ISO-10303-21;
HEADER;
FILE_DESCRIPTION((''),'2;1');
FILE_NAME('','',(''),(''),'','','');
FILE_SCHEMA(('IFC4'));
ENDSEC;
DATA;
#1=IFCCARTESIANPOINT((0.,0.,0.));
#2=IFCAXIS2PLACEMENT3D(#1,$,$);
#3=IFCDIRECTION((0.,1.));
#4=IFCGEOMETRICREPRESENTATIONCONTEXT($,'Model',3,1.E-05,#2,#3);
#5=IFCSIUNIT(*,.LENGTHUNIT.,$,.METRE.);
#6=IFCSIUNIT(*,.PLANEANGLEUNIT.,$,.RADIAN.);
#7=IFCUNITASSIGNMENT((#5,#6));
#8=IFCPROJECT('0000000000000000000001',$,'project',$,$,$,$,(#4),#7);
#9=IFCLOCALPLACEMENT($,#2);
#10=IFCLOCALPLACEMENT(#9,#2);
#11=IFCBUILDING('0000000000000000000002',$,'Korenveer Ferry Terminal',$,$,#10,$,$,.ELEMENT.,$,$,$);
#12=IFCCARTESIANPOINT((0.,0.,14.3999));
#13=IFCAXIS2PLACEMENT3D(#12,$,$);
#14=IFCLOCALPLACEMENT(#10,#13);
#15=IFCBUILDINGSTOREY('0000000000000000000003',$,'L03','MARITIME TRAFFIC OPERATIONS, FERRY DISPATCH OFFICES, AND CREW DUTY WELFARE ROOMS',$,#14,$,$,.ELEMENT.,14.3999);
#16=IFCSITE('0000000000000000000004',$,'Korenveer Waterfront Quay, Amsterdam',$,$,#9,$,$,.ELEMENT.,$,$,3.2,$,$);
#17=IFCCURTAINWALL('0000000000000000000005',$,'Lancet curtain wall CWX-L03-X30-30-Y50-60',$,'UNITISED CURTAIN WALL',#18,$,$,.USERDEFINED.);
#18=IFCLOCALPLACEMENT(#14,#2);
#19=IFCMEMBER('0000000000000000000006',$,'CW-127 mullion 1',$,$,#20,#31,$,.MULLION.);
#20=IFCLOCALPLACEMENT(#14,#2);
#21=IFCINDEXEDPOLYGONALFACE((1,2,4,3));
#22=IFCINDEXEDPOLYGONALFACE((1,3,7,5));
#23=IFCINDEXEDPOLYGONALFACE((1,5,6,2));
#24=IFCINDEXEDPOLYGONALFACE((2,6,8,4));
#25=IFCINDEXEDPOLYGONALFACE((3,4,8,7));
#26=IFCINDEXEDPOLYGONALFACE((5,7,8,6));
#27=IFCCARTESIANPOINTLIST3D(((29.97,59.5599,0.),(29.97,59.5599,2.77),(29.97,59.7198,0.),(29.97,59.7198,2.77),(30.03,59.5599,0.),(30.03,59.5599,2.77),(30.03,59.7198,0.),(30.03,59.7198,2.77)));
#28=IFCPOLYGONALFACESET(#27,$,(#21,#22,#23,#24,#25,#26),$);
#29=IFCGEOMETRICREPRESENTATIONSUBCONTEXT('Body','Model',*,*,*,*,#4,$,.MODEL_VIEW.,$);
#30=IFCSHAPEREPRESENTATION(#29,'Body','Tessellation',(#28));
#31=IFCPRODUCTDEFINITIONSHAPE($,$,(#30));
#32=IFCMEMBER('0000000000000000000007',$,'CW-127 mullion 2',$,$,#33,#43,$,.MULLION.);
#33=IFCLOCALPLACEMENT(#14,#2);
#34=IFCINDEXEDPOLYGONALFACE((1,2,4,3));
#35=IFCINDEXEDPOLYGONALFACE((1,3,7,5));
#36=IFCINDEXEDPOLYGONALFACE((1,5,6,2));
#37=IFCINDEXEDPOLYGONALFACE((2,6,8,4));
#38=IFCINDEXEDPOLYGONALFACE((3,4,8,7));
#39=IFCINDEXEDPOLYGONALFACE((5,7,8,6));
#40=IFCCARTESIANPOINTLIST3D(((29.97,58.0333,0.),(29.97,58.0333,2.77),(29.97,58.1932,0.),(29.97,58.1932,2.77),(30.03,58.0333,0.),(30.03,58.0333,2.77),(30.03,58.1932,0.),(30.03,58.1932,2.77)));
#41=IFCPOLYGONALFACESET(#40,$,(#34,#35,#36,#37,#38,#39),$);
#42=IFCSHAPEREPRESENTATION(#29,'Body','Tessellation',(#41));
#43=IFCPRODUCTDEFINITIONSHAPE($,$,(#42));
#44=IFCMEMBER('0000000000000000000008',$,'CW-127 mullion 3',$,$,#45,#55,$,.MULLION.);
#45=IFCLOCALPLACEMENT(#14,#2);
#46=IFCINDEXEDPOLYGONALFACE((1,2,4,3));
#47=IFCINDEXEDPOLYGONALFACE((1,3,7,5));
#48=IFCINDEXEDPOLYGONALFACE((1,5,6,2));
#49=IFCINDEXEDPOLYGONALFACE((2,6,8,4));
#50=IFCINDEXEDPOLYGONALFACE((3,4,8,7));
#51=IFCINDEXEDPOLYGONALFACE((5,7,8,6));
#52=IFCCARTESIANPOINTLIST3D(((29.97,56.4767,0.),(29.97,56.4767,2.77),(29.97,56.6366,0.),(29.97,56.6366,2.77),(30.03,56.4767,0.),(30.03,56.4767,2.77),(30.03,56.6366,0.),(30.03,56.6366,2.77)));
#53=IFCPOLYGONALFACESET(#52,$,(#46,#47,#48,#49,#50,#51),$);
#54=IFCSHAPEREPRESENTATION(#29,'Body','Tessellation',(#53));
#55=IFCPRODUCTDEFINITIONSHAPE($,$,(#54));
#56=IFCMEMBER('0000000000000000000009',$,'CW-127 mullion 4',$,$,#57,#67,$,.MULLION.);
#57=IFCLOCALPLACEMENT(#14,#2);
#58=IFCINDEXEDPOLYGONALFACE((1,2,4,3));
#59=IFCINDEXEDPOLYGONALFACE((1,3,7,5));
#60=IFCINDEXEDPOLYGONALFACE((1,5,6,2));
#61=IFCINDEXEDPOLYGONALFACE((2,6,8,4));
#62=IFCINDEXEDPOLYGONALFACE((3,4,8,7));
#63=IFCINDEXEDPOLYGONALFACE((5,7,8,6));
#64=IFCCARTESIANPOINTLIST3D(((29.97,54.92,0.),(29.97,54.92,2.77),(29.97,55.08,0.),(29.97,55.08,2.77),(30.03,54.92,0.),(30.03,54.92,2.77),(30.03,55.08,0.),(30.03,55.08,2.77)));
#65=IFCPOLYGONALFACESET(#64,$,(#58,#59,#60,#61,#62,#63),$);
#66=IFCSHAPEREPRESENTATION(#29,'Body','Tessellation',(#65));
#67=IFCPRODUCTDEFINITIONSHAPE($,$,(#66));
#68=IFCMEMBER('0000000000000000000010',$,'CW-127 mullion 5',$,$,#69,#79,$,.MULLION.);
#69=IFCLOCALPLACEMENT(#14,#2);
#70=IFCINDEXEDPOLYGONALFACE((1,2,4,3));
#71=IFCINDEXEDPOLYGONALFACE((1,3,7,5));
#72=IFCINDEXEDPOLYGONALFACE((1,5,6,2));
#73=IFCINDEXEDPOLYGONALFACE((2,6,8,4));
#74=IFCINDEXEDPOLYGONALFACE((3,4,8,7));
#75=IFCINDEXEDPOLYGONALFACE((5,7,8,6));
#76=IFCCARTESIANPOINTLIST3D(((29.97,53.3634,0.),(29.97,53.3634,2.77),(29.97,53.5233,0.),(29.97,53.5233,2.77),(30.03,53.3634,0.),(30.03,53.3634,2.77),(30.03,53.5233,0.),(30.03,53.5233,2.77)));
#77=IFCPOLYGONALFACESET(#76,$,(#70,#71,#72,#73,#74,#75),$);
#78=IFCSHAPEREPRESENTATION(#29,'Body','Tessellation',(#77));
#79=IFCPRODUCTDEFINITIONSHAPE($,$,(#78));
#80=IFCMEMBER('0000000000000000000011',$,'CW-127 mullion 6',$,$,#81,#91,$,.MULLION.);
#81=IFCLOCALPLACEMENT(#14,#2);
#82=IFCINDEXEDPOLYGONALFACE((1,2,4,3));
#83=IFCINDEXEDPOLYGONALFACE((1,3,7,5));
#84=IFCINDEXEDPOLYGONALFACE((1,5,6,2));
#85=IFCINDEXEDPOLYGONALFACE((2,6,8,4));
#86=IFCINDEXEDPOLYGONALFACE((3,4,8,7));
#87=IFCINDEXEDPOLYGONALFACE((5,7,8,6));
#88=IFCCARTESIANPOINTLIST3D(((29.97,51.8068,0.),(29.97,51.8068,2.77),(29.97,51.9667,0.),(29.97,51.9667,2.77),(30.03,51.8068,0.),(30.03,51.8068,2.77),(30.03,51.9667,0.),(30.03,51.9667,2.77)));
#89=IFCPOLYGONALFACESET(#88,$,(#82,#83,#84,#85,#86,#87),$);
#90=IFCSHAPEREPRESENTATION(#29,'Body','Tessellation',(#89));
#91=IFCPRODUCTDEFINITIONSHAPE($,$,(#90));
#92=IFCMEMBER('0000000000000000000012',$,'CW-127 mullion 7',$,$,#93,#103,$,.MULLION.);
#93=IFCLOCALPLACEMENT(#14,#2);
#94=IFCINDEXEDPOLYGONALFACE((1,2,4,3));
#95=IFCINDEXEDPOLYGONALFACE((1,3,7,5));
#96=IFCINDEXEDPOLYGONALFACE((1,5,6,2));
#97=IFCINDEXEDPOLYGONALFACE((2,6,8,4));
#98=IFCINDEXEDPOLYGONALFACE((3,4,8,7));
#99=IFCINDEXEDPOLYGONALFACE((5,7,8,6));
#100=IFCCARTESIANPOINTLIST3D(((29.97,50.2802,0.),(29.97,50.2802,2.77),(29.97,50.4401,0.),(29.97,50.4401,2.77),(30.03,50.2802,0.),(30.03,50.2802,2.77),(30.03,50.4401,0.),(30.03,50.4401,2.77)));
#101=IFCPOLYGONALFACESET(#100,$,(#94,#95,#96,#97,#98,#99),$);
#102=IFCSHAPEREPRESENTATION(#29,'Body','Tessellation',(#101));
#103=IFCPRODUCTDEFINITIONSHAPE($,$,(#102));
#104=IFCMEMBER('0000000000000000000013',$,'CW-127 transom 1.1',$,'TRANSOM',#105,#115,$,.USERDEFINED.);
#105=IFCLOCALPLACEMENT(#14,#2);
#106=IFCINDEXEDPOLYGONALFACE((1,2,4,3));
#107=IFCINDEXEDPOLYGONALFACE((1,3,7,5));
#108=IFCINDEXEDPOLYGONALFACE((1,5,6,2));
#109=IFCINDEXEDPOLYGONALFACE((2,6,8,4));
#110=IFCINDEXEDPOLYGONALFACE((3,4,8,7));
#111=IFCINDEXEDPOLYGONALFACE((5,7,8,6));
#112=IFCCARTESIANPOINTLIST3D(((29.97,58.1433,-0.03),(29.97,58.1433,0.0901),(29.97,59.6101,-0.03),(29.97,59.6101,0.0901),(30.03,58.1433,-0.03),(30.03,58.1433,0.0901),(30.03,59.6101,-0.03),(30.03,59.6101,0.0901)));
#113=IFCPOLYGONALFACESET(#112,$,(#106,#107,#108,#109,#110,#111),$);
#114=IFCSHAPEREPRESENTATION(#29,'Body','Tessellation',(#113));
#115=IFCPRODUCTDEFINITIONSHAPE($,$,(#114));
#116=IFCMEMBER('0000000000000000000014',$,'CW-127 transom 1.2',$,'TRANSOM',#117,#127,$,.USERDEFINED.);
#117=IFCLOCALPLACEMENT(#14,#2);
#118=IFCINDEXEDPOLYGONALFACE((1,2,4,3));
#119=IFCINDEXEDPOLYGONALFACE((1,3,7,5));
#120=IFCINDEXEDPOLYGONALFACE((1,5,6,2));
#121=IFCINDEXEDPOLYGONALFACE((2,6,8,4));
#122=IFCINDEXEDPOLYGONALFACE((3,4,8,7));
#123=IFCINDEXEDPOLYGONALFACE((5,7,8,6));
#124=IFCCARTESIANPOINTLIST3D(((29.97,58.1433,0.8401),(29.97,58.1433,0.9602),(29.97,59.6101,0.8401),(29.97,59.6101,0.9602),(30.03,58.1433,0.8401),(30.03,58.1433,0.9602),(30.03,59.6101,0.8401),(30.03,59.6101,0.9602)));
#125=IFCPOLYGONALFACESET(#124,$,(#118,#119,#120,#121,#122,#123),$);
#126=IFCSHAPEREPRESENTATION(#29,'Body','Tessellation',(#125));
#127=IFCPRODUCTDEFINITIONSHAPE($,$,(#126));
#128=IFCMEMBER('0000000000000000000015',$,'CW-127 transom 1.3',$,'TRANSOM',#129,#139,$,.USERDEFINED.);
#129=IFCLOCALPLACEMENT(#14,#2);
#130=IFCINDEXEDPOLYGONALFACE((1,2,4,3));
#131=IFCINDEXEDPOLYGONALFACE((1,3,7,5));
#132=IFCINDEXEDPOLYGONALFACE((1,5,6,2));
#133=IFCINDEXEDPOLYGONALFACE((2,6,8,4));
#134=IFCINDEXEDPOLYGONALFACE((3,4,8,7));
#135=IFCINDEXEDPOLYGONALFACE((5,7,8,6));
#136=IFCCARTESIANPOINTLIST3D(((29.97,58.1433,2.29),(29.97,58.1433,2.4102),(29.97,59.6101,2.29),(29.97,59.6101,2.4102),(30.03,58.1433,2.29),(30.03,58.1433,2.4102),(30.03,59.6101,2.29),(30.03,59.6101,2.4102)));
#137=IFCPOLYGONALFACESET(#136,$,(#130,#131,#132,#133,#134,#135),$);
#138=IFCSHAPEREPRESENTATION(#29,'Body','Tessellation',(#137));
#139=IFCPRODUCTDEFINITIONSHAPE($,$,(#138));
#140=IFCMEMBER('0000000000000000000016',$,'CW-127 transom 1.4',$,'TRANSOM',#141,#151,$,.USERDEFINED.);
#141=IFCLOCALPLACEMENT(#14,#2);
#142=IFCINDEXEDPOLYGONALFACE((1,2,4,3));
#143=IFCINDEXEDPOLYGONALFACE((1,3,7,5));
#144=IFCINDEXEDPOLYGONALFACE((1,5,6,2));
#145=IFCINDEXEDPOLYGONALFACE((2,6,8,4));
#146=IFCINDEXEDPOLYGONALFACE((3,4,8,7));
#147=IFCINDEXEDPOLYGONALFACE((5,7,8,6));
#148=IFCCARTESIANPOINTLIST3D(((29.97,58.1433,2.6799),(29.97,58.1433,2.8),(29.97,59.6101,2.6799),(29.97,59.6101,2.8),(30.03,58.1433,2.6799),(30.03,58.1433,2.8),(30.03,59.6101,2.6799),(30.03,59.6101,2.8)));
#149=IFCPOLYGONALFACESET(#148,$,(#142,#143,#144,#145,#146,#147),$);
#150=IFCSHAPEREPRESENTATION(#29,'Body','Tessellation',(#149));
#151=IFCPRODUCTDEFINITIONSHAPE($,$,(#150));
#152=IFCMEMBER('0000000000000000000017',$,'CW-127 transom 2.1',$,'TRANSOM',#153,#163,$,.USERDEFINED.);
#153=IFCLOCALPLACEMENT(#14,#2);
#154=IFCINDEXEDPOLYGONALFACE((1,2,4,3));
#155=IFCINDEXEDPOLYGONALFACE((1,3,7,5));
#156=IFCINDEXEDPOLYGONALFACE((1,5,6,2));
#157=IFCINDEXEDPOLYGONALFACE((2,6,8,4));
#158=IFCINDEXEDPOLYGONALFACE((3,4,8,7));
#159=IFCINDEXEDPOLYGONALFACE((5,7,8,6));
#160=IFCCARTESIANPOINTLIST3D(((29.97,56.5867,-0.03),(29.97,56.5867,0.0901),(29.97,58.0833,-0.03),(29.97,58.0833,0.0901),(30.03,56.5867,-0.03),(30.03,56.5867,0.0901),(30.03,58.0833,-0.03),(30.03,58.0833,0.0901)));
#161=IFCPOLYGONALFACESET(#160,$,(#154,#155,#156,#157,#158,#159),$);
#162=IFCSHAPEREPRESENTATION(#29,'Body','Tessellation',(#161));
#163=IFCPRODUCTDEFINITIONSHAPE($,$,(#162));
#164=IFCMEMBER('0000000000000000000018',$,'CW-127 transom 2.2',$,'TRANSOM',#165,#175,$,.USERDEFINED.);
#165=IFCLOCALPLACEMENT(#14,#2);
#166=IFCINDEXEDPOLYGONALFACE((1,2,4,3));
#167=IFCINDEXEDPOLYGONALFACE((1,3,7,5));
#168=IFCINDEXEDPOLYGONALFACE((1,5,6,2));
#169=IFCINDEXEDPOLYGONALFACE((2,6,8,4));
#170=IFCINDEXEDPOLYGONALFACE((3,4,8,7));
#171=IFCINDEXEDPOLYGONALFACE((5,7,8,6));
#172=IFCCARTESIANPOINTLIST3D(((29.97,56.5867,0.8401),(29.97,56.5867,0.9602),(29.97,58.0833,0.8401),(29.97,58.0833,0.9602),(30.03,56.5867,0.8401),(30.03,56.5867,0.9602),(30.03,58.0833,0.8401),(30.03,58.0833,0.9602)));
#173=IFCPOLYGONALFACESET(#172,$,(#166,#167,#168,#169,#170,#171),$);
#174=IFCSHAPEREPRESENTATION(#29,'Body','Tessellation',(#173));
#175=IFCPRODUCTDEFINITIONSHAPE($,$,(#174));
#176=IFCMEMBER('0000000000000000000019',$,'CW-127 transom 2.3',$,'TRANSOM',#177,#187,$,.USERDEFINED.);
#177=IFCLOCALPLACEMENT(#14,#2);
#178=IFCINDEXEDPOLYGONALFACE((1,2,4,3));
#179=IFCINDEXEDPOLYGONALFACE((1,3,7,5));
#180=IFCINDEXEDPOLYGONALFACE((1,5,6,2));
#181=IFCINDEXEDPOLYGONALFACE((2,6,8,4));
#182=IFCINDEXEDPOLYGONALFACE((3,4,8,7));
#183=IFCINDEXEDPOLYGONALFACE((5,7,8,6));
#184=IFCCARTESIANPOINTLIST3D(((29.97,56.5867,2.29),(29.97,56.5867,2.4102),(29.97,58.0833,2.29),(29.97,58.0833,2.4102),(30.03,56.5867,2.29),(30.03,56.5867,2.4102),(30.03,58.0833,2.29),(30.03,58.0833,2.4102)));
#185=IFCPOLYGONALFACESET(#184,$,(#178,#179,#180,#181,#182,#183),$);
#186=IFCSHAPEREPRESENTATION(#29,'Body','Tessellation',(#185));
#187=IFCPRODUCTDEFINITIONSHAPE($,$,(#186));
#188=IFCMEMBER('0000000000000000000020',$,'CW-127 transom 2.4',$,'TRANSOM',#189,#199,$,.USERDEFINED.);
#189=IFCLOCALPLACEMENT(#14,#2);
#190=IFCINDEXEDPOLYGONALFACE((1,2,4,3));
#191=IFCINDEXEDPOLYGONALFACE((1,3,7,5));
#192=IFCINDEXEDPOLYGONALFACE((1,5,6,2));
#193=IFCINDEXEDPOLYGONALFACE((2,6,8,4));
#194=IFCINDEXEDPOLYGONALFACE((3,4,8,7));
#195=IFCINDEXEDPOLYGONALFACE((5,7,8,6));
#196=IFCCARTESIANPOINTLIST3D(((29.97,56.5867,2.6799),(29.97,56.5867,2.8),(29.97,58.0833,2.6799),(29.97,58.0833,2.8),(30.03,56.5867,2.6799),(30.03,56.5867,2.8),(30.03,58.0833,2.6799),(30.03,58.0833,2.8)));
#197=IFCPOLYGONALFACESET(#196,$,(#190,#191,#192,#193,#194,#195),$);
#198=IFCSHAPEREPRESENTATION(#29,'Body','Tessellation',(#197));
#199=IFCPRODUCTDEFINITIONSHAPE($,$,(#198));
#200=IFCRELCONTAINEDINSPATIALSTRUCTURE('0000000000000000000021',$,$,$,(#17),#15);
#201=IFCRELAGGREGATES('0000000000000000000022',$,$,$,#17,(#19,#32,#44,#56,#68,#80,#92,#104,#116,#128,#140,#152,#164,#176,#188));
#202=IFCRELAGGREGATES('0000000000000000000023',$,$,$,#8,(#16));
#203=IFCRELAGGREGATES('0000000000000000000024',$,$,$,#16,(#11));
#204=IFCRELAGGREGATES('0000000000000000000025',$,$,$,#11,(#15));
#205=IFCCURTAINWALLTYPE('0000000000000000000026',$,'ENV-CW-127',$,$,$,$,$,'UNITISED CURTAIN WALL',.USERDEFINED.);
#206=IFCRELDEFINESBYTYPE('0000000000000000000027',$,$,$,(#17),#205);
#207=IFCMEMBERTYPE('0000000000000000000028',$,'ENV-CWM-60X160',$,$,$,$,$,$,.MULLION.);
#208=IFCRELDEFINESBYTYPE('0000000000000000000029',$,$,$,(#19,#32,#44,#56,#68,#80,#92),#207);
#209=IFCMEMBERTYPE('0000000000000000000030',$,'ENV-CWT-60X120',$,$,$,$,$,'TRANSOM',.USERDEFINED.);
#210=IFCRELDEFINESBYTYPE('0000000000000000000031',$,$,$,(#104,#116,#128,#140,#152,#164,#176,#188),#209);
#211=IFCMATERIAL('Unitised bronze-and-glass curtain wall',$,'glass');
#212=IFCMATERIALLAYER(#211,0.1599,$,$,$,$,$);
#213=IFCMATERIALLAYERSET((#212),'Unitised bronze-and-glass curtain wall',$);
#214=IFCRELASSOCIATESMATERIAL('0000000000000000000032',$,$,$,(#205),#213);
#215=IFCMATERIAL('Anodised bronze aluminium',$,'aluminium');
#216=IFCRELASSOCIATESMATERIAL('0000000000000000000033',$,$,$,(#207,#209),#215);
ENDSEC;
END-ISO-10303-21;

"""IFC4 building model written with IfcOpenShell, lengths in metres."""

from ifc_helpers import new_model, si_unit, direction, frame, origin, origin_2d, place, context, subcontext, project, spatial, rectangle, extrude, material, layer, layer_set, material_profile, profile_set, type_object, element, aggregate, save


model = new_model("IFC4")

# Units and contexts
model_context = context("Model", 3, precision=1e-05, world=origin(), true_north=direction((0.0, 1.0)))
body_context = subcontext(model_context, "Body", "Model", "MODEL_VIEW")
ifc_project = project(units=[si_unit("LENGTHUNIT", "METRE"), si_unit("PLANEANGLEUNIT", "RADIAN")], contexts=[model_context])

# Site, building, storey
site_placement = place(None, origin())
site = spatial("IfcSite", under=ifc_project, at=site_placement, Name="Korenveer Waterfront Quay, Amsterdam", CompositionType="ELEMENT", RefElevation=3.2)
building_placement = place(site_placement, origin())
building = spatial("IfcBuilding", under=site, at=building_placement, Name="Korenveer Ferry Terminal", CompositionType="ELEMENT")
storey_placement = place(building_placement, frame((0.0, 0.0, 14.3999)))
storey = spatial("IfcBuildingStorey", under=building, at=storey_placement, Name="L03", Description="MARITIME TRAFFIC OPERATIONS, FERRY DISPATCH OFFICES, AND CREW DUTY WELFARE ROOMS", CompositionType="ELEMENT", Elevation=14.3999)

# Curtain wall, members
ifc_material_1 = material(Name="Unitised bronze-and-glass curtain wall", Category="glass")
ifc_layer_1 = layer(ifc_material_1, 0.1599)
ifc_layer_set_1 = layer_set([ifc_layer_1], Name="Unitised bronze-and-glass curtain wall")
curtain_wall_type_1 = type_object("IfcCurtainWallType", Name="ENV-CW-127", ElementType="UNITISED CURTAIN WALL", PredefinedType="USERDEFINED", material=ifc_layer_set_1)
curtain_wall_1_placement = place(storey_placement, frame((30.0, 59.6699, 0.0)))
curtain_wall_1 = element("IfcCurtainWall", 1, at=curtain_wall_1_placement, inside=storey, type_object=curtain_wall_type_1, Name="Lancet curtain wall CWX-L03-X30-30-Y50-60", ObjectType="UNITISED CURTAIN WALL", PredefinedType="USERDEFINED")
ifc_material_2 = material(Name="Anodised bronze aluminium", Category="aluminium")
ifc_material_profile_1 = material_profile(ifc_material_2, rectangle(XDim=0.0601, YDim=0.1599, at=origin_2d()), Name="ALU 60x160")
ifc_profile_set_1 = profile_set([ifc_material_profile_1], Name="Anodised bronze aluminium")
member_type_1 = type_object("IfcMemberType", Name="ENV-CWM-60X160", PredefinedType="MULLION", material=ifc_profile_set_1)
member_1_placement = place(storey_placement, frame((30.0, 59.6399, 0.0), z_axis=(0.0, 0.0, 1.0), x_axis=(1.0, 0.0, 0.0)))
member_1 = element("IfcMember", 2, at=member_1_placement, type_object=member_type_1, Name="CW-127 mullion 1", PredefinedType="MULLION", context=body_context, shape_type="SweptSolid", body=[
    extrude(rectangle(XDim=0.0601, YDim=0.1599, at=origin_2d()), origin(), (0.0, 0.0, 1.0), 2.77),
])
member_2_placement = place(storey_placement, frame((30.0, 58.1133, 0.0), z_axis=(0.0, 0.0, 1.0), x_axis=(1.0, 0.0, 0.0)))
member_2 = element("IfcMember", 3, at=member_2_placement, type_object=member_type_1, Name="CW-127 mullion 2", PredefinedType="MULLION", context=body_context, shape_type="SweptSolid", body=[
    extrude(rectangle(XDim=0.0601, YDim=0.1599, at=origin_2d()), origin(), (0.0, 0.0, 1.0), 2.77),
])
member_3_placement = place(storey_placement, frame((30.0, 56.5566, 0.0), z_axis=(0.0, 0.0, 1.0), x_axis=(1.0, 0.0, 0.0)))
member_3 = element("IfcMember", 4, at=member_3_placement, type_object=member_type_1, Name="CW-127 mullion 3", PredefinedType="MULLION", context=body_context, shape_type="SweptSolid", body=[
    extrude(rectangle(XDim=0.0601, YDim=0.1599, at=origin_2d()), origin(), (0.0, 0.0, 1.0), 2.77),
])
member_4_placement = place(storey_placement, frame((30.0, 55.0, 0.0), z_axis=(0.0, 0.0, 1.0), x_axis=(1.0, 0.0, 0.0)))
member_4 = element("IfcMember", 5, at=member_4_placement, type_object=member_type_1, Name="CW-127 mullion 4", PredefinedType="MULLION", context=body_context, shape_type="SweptSolid", body=[
    extrude(rectangle(XDim=0.0601, YDim=0.1599, at=origin_2d()), origin(), (0.0, 0.0, 1.0), 2.77),
])
member_5_placement = place(storey_placement, frame((30.0, 53.4434, 0.0), z_axis=(0.0, 0.0, 1.0), x_axis=(1.0, 0.0, 0.0)))
member_5 = element("IfcMember", 6, at=member_5_placement, type_object=member_type_1, Name="CW-127 mullion 5", PredefinedType="MULLION", context=body_context, shape_type="SweptSolid", body=[
    extrude(rectangle(XDim=0.0601, YDim=0.1599, at=origin_2d()), origin(), (0.0, 0.0, 1.0), 2.77),
])
member_6_placement = place(storey_placement, frame((30.0, 51.8867, 0.0), z_axis=(0.0, 0.0, 1.0), x_axis=(1.0, 0.0, 0.0)))
member_6 = element("IfcMember", 7, at=member_6_placement, type_object=member_type_1, Name="CW-127 mullion 6", PredefinedType="MULLION", context=body_context, shape_type="SweptSolid", body=[
    extrude(rectangle(XDim=0.0601, YDim=0.1599, at=origin_2d()), origin(), (0.0, 0.0, 1.0), 2.77),
])
member_7_placement = place(storey_placement, frame((30.0, 50.3601, 0.0), z_axis=(0.0, 0.0, 1.0), x_axis=(1.0, 0.0, 0.0)))
member_7 = element("IfcMember", 8, at=member_7_placement, type_object=member_type_1, Name="CW-127 mullion 7", PredefinedType="MULLION", context=body_context, shape_type="SweptSolid", body=[
    extrude(rectangle(XDim=0.0601, YDim=0.1599, at=origin_2d()), origin(), (0.0, 0.0, 1.0), 2.77),
])
ifc_material_profile_2 = material_profile(ifc_material_2, rectangle(XDim=0.0601, YDim=0.1201, at=origin_2d()), Name="ALU 60x120")
ifc_profile_set_2 = profile_set([ifc_material_profile_2], Name="Anodised bronze aluminium")
member_type_2 = type_object("IfcMemberType", Name="ENV-CWT-60X120", ElementType="TRANSOM", PredefinedType="USERDEFINED", material=ifc_profile_set_2)
member_8_placement = place(storey_placement, frame((30.0, 59.6101, 0.03), z_axis=(0.0, -1.0, 0.0), x_axis=(1.0, 0.0, 0.0)))
member_8 = element("IfcMember", 9, at=member_8_placement, type_object=member_type_2, Name="CW-127 transom 1.1", ObjectType="TRANSOM", PredefinedType="USERDEFINED", context=body_context, shape_type="SweptSolid", body=[
    extrude(rectangle(XDim=0.0601, YDim=0.1201, at=origin_2d()), origin(), (0.0, 0.0, 1.0), 1.4668),
])
member_9_placement = place(storey_placement, frame((30.0, 59.6101, 0.9001), z_axis=(0.0, -1.0, 0.0), x_axis=(1.0, 0.0, 0.0)))
member_9 = element("IfcMember", 10, at=member_9_placement, type_object=member_type_2, Name="CW-127 transom 1.2", ObjectType="TRANSOM", PredefinedType="USERDEFINED", context=body_context, shape_type="SweptSolid", body=[
    extrude(rectangle(XDim=0.0601, YDim=0.1201, at=origin_2d()), origin(), (0.0, 0.0, 1.0), 1.4668),
])
member_10_placement = place(storey_placement, frame((30.0, 59.6101, 2.3501), z_axis=(0.0, -1.0, 0.0), x_axis=(1.0, 0.0, 0.0)))
member_10 = element("IfcMember", 11, at=member_10_placement, type_object=member_type_2, Name="CW-127 transom 1.3", ObjectType="TRANSOM", PredefinedType="USERDEFINED", context=body_context, shape_type="SweptSolid", body=[
    extrude(rectangle(XDim=0.0601, YDim=0.1201, at=origin_2d()), origin(), (0.0, 0.0, 1.0), 1.4668),
])
member_11_placement = place(storey_placement, frame((30.0, 59.6101, 2.74), z_axis=(0.0, -1.0, 0.0), x_axis=(1.0, 0.0, 0.0)))
member_11 = element("IfcMember", 12, at=member_11_placement, type_object=member_type_2, Name="CW-127 transom 1.4", ObjectType="TRANSOM", PredefinedType="USERDEFINED", context=body_context, shape_type="SweptSolid", body=[
    extrude(rectangle(XDim=0.0601, YDim=0.1201, at=origin_2d()), origin(), (0.0, 0.0, 1.0), 1.4668),
])
member_12_placement = place(storey_placement, frame((30.0, 58.0833, 0.03), z_axis=(0.0, -1.0, 0.0), x_axis=(1.0, 0.0, 0.0)))
member_12 = element("IfcMember", 13, at=member_12_placement, type_object=member_type_2, Name="CW-127 transom 2.1", ObjectType="TRANSOM", PredefinedType="USERDEFINED", context=body_context, shape_type="SweptSolid", body=[
    extrude(rectangle(XDim=0.0601, YDim=0.1201, at=origin_2d()), origin(), (0.0, 0.0, 1.0), 1.4966),
])
member_13_placement = place(storey_placement, frame((30.0, 58.0833, 0.9001), z_axis=(0.0, -1.0, 0.0), x_axis=(1.0, 0.0, 0.0)))
member_13 = element("IfcMember", 14, at=member_13_placement, type_object=member_type_2, Name="CW-127 transom 2.2", ObjectType="TRANSOM", PredefinedType="USERDEFINED", context=body_context, shape_type="SweptSolid", body=[
    extrude(rectangle(XDim=0.0601, YDim=0.1201, at=origin_2d()), origin(), (0.0, 0.0, 1.0), 1.4966),
])
member_14_placement = place(storey_placement, frame((30.0, 58.0833, 2.3501), z_axis=(0.0, -1.0, 0.0), x_axis=(1.0, 0.0, 0.0)))
member_14 = element("IfcMember", 15, at=member_14_placement, type_object=member_type_2, Name="CW-127 transom 2.3", ObjectType="TRANSOM", PredefinedType="USERDEFINED", context=body_context, shape_type="SweptSolid", body=[
    extrude(rectangle(XDim=0.0601, YDim=0.1201, at=origin_2d()), origin(), (0.0, 0.0, 1.0), 1.4966),
])
member_15_placement = place(storey_placement, frame((30.0, 58.0833, 2.74), z_axis=(0.0, -1.0, 0.0), x_axis=(1.0, 0.0, 0.0)))
member_15 = element("IfcMember", 16, at=member_15_placement, type_object=member_type_2, Name="CW-127 transom 2.4", ObjectType="TRANSOM", PredefinedType="USERDEFINED", context=body_context, shape_type="SweptSolid", body=[
    extrude(rectangle(XDim=0.0601, YDim=0.1201, at=origin_2d()), origin(), (0.0, 0.0, 1.0), 1.4966),
])

aggregate(curtain_wall_1, [member_1, member_2, member_3, member_4, member_5, member_6, member_7, member_8, member_9, member_10, member_11, member_12, member_13, member_14, member_15])

save(model, "model.ifc")
